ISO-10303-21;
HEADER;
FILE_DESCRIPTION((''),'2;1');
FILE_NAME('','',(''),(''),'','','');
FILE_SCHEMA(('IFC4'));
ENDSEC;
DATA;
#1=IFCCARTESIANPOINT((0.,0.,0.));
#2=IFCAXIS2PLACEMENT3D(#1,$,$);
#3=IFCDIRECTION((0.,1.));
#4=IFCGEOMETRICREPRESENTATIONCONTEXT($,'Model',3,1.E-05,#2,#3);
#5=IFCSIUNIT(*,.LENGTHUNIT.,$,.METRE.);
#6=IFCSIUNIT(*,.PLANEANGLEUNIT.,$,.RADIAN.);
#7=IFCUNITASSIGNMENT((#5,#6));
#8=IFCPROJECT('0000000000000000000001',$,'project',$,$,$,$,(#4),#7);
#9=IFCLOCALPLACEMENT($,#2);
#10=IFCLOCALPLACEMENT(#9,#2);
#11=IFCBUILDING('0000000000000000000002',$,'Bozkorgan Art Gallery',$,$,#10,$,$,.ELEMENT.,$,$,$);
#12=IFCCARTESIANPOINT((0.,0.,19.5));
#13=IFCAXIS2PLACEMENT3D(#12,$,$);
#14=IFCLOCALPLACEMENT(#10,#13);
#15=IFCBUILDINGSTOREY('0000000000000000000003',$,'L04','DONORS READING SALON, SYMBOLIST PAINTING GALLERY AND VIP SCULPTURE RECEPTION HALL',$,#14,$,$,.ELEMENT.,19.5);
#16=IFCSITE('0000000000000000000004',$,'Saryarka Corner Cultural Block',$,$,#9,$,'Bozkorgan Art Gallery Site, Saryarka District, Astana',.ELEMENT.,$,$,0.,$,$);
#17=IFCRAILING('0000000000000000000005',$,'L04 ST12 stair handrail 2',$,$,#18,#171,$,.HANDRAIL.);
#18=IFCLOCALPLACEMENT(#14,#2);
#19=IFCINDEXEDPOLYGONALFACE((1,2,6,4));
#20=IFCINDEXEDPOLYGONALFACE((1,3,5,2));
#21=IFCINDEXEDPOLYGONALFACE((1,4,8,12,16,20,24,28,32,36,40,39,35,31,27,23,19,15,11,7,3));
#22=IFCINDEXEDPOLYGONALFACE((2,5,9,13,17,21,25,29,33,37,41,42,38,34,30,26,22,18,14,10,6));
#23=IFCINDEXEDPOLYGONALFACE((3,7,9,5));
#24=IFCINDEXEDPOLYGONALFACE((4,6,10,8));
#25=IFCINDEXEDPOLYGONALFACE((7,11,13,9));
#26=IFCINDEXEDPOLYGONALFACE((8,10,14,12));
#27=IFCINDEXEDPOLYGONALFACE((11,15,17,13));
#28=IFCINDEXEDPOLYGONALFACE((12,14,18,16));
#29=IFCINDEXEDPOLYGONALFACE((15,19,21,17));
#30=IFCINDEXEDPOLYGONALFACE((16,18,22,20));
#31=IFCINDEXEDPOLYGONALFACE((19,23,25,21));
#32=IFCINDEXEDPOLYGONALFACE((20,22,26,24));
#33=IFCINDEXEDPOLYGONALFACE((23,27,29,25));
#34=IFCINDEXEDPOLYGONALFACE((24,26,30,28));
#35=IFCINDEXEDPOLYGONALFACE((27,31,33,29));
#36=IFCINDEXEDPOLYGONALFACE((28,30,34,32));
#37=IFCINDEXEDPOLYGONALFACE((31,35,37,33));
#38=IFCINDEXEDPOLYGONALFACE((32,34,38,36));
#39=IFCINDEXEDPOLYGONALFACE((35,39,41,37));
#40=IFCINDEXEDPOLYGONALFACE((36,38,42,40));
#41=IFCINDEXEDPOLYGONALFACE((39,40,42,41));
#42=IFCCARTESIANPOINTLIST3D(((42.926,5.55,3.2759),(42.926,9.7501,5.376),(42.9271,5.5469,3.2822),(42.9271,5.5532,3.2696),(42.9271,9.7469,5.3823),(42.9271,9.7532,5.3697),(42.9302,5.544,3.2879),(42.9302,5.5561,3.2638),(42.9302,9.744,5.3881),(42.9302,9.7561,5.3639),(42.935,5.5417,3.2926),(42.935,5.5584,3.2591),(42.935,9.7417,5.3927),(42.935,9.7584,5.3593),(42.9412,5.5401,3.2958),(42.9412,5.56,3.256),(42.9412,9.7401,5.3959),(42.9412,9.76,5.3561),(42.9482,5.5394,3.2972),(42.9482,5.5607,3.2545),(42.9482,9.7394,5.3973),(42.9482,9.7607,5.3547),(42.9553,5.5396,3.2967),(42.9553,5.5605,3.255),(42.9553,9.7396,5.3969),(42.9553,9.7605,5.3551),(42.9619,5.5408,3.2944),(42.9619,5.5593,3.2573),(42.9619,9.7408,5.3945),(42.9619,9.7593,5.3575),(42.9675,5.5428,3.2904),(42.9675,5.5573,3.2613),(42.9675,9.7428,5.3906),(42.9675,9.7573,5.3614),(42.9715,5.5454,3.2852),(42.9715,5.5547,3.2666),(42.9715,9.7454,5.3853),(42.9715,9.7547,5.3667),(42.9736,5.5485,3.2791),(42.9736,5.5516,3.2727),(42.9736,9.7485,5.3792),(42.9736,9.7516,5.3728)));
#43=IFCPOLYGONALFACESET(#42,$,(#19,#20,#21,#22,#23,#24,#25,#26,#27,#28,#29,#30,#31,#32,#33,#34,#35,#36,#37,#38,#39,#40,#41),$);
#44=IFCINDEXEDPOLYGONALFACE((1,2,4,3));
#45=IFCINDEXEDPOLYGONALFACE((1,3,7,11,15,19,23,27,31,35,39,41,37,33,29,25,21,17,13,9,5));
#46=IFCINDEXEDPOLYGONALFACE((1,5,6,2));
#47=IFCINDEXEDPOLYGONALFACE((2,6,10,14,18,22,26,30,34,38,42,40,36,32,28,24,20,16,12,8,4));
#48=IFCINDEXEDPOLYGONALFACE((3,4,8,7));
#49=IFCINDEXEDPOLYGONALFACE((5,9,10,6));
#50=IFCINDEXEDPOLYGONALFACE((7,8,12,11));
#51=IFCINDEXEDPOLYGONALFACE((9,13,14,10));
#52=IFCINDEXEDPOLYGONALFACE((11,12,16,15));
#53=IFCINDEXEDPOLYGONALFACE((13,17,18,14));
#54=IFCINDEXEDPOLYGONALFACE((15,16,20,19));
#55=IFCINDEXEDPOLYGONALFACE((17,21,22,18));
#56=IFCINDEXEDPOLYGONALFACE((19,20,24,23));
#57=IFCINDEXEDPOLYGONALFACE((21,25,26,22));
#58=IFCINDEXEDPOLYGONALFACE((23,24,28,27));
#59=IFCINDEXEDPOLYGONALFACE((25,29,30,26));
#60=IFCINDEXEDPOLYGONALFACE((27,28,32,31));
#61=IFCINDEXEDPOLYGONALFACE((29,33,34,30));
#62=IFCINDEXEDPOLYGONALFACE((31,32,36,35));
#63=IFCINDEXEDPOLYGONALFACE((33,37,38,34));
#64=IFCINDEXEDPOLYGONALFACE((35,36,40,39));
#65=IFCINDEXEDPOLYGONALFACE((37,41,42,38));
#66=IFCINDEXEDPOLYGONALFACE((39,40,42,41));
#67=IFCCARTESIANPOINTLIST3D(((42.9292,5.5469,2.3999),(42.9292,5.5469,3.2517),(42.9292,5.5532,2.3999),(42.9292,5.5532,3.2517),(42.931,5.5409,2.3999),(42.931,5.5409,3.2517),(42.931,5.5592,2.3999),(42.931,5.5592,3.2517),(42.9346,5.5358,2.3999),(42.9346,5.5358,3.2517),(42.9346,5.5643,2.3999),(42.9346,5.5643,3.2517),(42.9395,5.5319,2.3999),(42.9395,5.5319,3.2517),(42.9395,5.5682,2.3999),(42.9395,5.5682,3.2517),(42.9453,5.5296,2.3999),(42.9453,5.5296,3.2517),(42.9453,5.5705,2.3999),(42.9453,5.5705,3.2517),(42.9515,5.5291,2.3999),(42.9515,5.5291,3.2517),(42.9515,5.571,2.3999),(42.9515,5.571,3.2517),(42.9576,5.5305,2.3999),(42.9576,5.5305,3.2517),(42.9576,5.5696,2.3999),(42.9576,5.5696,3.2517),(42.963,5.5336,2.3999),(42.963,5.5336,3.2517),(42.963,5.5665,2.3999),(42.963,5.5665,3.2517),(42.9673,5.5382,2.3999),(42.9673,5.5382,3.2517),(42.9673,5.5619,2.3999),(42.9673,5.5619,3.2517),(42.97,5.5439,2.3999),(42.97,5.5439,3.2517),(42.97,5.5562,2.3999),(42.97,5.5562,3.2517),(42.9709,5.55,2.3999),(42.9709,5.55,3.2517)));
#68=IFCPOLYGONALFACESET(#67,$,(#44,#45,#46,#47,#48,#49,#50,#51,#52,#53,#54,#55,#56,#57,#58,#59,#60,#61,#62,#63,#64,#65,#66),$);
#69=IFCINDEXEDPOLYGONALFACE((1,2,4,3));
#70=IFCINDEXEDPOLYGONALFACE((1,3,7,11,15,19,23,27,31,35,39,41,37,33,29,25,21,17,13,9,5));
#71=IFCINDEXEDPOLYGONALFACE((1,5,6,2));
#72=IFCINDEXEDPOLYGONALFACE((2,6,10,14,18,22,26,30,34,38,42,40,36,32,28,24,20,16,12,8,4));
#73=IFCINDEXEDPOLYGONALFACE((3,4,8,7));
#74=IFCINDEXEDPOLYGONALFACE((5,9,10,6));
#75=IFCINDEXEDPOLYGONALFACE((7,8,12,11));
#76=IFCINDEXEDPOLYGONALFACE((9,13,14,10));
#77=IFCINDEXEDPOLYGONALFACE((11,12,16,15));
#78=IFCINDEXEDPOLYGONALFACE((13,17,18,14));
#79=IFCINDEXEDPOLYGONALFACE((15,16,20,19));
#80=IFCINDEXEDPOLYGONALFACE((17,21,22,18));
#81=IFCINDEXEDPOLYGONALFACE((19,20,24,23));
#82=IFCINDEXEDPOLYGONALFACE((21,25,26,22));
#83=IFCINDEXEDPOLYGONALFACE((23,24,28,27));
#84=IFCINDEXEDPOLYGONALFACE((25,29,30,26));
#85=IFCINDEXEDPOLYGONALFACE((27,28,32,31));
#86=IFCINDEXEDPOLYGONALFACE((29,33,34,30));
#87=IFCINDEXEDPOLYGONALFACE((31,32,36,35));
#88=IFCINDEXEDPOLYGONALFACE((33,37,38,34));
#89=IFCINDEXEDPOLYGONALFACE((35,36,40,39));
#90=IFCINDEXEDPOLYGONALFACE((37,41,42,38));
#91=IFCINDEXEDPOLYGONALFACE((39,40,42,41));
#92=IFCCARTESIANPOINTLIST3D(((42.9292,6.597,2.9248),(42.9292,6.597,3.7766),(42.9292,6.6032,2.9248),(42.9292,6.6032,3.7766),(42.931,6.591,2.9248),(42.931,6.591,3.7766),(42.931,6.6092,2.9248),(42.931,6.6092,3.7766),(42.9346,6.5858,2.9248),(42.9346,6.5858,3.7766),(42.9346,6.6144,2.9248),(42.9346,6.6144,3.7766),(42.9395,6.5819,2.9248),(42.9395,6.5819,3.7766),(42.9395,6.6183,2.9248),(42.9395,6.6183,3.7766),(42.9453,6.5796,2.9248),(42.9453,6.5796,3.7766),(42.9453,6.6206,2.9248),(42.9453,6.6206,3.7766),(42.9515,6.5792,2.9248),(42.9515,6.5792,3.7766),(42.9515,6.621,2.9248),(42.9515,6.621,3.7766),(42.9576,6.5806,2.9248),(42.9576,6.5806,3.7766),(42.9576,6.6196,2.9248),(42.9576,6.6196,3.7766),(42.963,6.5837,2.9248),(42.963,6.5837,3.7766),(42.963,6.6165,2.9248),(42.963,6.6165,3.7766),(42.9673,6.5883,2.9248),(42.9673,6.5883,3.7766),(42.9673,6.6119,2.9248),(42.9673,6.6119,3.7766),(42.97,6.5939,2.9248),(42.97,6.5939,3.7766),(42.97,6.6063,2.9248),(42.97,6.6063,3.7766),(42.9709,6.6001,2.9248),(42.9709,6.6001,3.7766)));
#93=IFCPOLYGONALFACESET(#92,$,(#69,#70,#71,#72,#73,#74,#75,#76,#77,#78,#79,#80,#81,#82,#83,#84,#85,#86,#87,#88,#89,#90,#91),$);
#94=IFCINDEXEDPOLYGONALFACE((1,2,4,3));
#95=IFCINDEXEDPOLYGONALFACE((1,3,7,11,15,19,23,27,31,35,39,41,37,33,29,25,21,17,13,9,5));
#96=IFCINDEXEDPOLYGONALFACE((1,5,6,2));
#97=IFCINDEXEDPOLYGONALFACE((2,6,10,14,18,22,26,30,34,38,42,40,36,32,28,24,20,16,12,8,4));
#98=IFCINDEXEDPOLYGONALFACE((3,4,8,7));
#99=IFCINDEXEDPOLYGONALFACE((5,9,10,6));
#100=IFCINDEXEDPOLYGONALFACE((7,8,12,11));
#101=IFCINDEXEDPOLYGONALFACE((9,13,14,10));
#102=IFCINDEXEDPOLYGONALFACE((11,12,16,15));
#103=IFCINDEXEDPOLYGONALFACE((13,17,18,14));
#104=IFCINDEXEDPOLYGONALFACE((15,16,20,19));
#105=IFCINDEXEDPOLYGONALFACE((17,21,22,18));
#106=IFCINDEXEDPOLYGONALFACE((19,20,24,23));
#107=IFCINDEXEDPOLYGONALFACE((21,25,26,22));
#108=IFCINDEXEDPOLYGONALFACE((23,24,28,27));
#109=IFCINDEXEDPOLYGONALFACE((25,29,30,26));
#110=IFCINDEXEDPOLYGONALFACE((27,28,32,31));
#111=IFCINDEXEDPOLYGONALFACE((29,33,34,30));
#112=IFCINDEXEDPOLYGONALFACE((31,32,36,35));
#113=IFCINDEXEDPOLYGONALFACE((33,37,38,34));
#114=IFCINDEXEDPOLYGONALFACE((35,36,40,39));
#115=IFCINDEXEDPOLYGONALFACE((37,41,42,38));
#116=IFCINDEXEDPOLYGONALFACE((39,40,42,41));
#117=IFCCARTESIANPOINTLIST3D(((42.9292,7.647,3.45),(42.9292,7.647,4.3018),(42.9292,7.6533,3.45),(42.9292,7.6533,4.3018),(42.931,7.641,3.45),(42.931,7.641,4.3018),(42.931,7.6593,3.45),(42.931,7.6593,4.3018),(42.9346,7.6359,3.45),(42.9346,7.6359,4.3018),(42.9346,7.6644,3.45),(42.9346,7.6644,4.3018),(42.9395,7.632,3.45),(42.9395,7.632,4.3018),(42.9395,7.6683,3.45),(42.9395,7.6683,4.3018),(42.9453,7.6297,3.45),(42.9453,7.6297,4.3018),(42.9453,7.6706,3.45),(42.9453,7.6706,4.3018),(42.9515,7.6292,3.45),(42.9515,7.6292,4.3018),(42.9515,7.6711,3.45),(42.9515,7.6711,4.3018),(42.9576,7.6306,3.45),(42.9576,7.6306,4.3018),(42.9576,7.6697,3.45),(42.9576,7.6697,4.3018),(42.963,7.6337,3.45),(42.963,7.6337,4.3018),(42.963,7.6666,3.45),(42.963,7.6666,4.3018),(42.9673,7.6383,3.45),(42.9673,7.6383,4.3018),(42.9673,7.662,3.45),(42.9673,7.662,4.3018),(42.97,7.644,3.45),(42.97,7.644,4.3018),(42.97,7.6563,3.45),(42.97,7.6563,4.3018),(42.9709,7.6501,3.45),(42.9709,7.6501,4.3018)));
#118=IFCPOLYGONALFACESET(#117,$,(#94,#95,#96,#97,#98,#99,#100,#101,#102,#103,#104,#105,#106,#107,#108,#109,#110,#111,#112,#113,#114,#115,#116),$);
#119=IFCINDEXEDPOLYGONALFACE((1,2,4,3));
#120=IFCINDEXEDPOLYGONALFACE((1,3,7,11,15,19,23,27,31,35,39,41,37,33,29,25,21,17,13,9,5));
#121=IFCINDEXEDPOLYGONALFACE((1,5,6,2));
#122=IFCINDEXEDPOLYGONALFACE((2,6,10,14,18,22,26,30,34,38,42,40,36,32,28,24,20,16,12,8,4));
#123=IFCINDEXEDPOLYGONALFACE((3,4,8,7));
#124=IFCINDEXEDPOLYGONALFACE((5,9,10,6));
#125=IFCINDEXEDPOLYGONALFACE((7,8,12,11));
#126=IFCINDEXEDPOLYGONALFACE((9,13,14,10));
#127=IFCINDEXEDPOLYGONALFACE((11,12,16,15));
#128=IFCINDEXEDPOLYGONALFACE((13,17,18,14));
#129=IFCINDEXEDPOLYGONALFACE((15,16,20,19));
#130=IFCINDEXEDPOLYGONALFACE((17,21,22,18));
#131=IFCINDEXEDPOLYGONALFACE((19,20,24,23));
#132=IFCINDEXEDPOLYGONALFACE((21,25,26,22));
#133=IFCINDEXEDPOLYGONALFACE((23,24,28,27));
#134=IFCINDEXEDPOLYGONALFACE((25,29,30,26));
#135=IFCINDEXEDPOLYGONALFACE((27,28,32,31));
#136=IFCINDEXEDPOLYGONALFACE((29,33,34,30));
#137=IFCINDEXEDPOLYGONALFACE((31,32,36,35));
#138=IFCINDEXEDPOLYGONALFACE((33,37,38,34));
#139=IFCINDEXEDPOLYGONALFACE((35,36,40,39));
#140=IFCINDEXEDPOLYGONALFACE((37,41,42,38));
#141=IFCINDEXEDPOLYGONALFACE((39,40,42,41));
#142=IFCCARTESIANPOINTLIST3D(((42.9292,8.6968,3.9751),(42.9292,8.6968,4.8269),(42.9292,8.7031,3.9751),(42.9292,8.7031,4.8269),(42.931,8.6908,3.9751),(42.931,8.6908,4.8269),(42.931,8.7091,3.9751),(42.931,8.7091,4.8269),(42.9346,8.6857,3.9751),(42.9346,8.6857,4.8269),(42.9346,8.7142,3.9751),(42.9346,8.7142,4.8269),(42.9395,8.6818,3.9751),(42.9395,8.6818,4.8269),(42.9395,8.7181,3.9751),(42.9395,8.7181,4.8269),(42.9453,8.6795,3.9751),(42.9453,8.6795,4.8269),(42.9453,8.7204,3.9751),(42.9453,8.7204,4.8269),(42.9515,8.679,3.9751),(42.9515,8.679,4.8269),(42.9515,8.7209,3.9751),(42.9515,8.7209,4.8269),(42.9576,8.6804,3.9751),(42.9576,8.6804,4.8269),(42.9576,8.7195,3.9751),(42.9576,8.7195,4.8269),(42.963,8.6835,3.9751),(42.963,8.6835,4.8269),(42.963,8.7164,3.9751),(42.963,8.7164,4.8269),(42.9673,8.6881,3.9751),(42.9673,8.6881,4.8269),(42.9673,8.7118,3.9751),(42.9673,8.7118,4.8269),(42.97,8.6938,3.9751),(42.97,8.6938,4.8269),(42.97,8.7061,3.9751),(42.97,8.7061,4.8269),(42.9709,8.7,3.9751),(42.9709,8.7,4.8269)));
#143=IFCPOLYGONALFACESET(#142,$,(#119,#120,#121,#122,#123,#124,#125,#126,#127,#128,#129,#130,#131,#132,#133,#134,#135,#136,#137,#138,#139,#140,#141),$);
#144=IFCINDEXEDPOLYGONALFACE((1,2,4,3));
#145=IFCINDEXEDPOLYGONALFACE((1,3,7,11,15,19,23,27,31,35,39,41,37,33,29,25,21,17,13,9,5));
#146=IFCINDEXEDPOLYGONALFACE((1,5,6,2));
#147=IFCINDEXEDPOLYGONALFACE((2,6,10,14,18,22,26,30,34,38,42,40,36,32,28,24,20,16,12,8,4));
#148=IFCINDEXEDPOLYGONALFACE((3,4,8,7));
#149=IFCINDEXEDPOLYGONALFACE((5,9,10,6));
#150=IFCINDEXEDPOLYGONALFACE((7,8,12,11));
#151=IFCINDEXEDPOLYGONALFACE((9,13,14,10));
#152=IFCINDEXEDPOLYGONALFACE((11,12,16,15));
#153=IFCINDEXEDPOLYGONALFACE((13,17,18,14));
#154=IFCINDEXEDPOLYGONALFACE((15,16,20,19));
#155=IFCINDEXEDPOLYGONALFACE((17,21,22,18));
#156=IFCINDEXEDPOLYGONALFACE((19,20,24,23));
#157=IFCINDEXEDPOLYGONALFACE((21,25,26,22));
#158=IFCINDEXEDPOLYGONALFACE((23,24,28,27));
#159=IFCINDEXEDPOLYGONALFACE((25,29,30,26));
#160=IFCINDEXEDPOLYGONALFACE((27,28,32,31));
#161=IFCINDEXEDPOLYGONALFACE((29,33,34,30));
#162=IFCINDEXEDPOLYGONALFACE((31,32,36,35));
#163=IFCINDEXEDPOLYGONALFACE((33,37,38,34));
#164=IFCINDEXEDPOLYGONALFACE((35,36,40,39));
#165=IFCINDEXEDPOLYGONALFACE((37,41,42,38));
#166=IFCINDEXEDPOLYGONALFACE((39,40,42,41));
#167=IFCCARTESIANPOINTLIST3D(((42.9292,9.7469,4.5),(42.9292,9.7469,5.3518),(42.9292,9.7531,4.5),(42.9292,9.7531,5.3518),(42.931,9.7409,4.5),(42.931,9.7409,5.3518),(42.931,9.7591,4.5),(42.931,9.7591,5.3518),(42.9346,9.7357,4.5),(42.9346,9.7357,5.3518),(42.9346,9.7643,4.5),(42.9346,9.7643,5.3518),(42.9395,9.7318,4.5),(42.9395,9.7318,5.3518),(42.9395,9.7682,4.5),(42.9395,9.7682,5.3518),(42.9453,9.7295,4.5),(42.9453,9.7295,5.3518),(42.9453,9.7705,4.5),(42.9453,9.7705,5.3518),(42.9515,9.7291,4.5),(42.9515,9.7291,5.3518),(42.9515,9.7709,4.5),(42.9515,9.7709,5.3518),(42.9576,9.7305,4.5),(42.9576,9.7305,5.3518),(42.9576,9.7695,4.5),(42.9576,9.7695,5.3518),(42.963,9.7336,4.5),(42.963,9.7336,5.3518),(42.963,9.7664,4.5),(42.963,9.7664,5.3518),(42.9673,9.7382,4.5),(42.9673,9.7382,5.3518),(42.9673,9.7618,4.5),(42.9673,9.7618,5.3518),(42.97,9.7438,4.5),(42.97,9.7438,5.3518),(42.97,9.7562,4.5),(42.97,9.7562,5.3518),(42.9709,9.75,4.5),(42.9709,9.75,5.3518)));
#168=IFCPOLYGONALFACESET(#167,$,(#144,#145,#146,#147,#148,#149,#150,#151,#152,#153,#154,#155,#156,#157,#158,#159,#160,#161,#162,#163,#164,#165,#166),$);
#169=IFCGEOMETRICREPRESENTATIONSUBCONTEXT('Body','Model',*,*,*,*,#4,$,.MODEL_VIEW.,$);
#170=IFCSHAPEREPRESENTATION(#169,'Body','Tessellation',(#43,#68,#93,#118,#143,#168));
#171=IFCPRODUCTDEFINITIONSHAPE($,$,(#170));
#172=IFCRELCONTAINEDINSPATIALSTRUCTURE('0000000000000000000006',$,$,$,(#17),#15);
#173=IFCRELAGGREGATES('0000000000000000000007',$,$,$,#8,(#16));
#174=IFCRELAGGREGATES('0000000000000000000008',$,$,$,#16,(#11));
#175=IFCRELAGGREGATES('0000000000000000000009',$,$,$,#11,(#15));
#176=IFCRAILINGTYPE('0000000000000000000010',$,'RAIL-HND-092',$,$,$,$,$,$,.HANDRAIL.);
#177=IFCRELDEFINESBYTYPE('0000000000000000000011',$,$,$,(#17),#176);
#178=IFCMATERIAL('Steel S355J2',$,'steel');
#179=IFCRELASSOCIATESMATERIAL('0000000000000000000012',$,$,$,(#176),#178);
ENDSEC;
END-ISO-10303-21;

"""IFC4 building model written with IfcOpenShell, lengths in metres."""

from ifc_helpers import new_model, si_unit, direction, frame, origin, origin_2d, place, context, subcontext, project, spatial, circle, extrude, material, type_object, element, save


model = new_model("IFC4")

# Units and contexts
model_context = context("Model", 3, precision=1e-05, world=origin(), true_north=direction((0.0, 1.0)))
body_context = subcontext(model_context, "Body", "Model", "MODEL_VIEW")
ifc_project = project(units=[si_unit("LENGTHUNIT", "METRE"), si_unit("PLANEANGLEUNIT", "RADIAN")], contexts=[model_context])

# Site, building, storey
site_placement = place(None, origin())
site = spatial("IfcSite", under=ifc_project, at=site_placement, Name="Saryarka Corner Cultural Block", LongName="Bozkorgan Art Gallery Site, Saryarka District, Astana", CompositionType="ELEMENT", RefElevation=0.0)
building_placement = place(site_placement, origin())
building = spatial("IfcBuilding", under=site, at=building_placement, Name="Bozkorgan Art Gallery", CompositionType="ELEMENT")
storey_placement = place(building_placement, frame((0.0, 0.0, 19.5)))
storey = spatial("IfcBuildingStorey", under=building, at=storey_placement, Name="L04", Description="DONORS READING SALON, SYMBOLIST PAINTING GALLERY AND VIP SCULPTURE RECEPTION HALL", CompositionType="ELEMENT", Elevation=19.5)

# Shared definitions
ifc_material_1 = material(Name="Steel S355J2", Category="steel")

# Railing
railing_type_1 = type_object("IfcRailingType", Name="RAIL-HND-092", PredefinedType="HANDRAIL", material=ifc_material_1)
railing_1_placement = place(storey_placement, frame((42.95, 5.55, 2.3999)))
element("IfcRailing", 1, at=railing_1_placement, inside=storey, type_object=railing_type_1, Name="L04 ST12 stair handrail 2", PredefinedType="HANDRAIL", context=body_context, shape_type="SweptSolid", body=[
    extrude(circle(Radius=0.0239, at=origin_2d()), frame((0.0, 0.0, 0.876), z_axis=(0.0, 0.894417, 0.447234), x_axis=(-1.0, 0.0, 0.0)), (0.0, 0.0, 1.0), 4.6958),
    extrude(circle(Radius=0.021, at=origin_2d()), origin(), (0.0, 0.0, 1.0), 0.8518),
    extrude(circle(Radius=0.021, at=origin_2d()), frame((0.0, 1.05, 0.5249)), (0.0, 0.0, 1.0), 0.8518),
    extrude(circle(Radius=0.021, at=origin_2d()), frame((0.0, 2.1001, 1.05)), (0.0, 0.0, 1.0), 0.8518),
    extrude(circle(Radius=0.021, at=origin_2d()), frame((0.0, 3.1499, 1.5752)), (0.0, 0.0, 1.0), 0.8518),
    extrude(circle(Radius=0.021, at=origin_2d()), frame((0.0, 4.2, 2.1001)), (0.0, 0.0, 1.0), 0.8518),
])

save(model, "model.ifc")
